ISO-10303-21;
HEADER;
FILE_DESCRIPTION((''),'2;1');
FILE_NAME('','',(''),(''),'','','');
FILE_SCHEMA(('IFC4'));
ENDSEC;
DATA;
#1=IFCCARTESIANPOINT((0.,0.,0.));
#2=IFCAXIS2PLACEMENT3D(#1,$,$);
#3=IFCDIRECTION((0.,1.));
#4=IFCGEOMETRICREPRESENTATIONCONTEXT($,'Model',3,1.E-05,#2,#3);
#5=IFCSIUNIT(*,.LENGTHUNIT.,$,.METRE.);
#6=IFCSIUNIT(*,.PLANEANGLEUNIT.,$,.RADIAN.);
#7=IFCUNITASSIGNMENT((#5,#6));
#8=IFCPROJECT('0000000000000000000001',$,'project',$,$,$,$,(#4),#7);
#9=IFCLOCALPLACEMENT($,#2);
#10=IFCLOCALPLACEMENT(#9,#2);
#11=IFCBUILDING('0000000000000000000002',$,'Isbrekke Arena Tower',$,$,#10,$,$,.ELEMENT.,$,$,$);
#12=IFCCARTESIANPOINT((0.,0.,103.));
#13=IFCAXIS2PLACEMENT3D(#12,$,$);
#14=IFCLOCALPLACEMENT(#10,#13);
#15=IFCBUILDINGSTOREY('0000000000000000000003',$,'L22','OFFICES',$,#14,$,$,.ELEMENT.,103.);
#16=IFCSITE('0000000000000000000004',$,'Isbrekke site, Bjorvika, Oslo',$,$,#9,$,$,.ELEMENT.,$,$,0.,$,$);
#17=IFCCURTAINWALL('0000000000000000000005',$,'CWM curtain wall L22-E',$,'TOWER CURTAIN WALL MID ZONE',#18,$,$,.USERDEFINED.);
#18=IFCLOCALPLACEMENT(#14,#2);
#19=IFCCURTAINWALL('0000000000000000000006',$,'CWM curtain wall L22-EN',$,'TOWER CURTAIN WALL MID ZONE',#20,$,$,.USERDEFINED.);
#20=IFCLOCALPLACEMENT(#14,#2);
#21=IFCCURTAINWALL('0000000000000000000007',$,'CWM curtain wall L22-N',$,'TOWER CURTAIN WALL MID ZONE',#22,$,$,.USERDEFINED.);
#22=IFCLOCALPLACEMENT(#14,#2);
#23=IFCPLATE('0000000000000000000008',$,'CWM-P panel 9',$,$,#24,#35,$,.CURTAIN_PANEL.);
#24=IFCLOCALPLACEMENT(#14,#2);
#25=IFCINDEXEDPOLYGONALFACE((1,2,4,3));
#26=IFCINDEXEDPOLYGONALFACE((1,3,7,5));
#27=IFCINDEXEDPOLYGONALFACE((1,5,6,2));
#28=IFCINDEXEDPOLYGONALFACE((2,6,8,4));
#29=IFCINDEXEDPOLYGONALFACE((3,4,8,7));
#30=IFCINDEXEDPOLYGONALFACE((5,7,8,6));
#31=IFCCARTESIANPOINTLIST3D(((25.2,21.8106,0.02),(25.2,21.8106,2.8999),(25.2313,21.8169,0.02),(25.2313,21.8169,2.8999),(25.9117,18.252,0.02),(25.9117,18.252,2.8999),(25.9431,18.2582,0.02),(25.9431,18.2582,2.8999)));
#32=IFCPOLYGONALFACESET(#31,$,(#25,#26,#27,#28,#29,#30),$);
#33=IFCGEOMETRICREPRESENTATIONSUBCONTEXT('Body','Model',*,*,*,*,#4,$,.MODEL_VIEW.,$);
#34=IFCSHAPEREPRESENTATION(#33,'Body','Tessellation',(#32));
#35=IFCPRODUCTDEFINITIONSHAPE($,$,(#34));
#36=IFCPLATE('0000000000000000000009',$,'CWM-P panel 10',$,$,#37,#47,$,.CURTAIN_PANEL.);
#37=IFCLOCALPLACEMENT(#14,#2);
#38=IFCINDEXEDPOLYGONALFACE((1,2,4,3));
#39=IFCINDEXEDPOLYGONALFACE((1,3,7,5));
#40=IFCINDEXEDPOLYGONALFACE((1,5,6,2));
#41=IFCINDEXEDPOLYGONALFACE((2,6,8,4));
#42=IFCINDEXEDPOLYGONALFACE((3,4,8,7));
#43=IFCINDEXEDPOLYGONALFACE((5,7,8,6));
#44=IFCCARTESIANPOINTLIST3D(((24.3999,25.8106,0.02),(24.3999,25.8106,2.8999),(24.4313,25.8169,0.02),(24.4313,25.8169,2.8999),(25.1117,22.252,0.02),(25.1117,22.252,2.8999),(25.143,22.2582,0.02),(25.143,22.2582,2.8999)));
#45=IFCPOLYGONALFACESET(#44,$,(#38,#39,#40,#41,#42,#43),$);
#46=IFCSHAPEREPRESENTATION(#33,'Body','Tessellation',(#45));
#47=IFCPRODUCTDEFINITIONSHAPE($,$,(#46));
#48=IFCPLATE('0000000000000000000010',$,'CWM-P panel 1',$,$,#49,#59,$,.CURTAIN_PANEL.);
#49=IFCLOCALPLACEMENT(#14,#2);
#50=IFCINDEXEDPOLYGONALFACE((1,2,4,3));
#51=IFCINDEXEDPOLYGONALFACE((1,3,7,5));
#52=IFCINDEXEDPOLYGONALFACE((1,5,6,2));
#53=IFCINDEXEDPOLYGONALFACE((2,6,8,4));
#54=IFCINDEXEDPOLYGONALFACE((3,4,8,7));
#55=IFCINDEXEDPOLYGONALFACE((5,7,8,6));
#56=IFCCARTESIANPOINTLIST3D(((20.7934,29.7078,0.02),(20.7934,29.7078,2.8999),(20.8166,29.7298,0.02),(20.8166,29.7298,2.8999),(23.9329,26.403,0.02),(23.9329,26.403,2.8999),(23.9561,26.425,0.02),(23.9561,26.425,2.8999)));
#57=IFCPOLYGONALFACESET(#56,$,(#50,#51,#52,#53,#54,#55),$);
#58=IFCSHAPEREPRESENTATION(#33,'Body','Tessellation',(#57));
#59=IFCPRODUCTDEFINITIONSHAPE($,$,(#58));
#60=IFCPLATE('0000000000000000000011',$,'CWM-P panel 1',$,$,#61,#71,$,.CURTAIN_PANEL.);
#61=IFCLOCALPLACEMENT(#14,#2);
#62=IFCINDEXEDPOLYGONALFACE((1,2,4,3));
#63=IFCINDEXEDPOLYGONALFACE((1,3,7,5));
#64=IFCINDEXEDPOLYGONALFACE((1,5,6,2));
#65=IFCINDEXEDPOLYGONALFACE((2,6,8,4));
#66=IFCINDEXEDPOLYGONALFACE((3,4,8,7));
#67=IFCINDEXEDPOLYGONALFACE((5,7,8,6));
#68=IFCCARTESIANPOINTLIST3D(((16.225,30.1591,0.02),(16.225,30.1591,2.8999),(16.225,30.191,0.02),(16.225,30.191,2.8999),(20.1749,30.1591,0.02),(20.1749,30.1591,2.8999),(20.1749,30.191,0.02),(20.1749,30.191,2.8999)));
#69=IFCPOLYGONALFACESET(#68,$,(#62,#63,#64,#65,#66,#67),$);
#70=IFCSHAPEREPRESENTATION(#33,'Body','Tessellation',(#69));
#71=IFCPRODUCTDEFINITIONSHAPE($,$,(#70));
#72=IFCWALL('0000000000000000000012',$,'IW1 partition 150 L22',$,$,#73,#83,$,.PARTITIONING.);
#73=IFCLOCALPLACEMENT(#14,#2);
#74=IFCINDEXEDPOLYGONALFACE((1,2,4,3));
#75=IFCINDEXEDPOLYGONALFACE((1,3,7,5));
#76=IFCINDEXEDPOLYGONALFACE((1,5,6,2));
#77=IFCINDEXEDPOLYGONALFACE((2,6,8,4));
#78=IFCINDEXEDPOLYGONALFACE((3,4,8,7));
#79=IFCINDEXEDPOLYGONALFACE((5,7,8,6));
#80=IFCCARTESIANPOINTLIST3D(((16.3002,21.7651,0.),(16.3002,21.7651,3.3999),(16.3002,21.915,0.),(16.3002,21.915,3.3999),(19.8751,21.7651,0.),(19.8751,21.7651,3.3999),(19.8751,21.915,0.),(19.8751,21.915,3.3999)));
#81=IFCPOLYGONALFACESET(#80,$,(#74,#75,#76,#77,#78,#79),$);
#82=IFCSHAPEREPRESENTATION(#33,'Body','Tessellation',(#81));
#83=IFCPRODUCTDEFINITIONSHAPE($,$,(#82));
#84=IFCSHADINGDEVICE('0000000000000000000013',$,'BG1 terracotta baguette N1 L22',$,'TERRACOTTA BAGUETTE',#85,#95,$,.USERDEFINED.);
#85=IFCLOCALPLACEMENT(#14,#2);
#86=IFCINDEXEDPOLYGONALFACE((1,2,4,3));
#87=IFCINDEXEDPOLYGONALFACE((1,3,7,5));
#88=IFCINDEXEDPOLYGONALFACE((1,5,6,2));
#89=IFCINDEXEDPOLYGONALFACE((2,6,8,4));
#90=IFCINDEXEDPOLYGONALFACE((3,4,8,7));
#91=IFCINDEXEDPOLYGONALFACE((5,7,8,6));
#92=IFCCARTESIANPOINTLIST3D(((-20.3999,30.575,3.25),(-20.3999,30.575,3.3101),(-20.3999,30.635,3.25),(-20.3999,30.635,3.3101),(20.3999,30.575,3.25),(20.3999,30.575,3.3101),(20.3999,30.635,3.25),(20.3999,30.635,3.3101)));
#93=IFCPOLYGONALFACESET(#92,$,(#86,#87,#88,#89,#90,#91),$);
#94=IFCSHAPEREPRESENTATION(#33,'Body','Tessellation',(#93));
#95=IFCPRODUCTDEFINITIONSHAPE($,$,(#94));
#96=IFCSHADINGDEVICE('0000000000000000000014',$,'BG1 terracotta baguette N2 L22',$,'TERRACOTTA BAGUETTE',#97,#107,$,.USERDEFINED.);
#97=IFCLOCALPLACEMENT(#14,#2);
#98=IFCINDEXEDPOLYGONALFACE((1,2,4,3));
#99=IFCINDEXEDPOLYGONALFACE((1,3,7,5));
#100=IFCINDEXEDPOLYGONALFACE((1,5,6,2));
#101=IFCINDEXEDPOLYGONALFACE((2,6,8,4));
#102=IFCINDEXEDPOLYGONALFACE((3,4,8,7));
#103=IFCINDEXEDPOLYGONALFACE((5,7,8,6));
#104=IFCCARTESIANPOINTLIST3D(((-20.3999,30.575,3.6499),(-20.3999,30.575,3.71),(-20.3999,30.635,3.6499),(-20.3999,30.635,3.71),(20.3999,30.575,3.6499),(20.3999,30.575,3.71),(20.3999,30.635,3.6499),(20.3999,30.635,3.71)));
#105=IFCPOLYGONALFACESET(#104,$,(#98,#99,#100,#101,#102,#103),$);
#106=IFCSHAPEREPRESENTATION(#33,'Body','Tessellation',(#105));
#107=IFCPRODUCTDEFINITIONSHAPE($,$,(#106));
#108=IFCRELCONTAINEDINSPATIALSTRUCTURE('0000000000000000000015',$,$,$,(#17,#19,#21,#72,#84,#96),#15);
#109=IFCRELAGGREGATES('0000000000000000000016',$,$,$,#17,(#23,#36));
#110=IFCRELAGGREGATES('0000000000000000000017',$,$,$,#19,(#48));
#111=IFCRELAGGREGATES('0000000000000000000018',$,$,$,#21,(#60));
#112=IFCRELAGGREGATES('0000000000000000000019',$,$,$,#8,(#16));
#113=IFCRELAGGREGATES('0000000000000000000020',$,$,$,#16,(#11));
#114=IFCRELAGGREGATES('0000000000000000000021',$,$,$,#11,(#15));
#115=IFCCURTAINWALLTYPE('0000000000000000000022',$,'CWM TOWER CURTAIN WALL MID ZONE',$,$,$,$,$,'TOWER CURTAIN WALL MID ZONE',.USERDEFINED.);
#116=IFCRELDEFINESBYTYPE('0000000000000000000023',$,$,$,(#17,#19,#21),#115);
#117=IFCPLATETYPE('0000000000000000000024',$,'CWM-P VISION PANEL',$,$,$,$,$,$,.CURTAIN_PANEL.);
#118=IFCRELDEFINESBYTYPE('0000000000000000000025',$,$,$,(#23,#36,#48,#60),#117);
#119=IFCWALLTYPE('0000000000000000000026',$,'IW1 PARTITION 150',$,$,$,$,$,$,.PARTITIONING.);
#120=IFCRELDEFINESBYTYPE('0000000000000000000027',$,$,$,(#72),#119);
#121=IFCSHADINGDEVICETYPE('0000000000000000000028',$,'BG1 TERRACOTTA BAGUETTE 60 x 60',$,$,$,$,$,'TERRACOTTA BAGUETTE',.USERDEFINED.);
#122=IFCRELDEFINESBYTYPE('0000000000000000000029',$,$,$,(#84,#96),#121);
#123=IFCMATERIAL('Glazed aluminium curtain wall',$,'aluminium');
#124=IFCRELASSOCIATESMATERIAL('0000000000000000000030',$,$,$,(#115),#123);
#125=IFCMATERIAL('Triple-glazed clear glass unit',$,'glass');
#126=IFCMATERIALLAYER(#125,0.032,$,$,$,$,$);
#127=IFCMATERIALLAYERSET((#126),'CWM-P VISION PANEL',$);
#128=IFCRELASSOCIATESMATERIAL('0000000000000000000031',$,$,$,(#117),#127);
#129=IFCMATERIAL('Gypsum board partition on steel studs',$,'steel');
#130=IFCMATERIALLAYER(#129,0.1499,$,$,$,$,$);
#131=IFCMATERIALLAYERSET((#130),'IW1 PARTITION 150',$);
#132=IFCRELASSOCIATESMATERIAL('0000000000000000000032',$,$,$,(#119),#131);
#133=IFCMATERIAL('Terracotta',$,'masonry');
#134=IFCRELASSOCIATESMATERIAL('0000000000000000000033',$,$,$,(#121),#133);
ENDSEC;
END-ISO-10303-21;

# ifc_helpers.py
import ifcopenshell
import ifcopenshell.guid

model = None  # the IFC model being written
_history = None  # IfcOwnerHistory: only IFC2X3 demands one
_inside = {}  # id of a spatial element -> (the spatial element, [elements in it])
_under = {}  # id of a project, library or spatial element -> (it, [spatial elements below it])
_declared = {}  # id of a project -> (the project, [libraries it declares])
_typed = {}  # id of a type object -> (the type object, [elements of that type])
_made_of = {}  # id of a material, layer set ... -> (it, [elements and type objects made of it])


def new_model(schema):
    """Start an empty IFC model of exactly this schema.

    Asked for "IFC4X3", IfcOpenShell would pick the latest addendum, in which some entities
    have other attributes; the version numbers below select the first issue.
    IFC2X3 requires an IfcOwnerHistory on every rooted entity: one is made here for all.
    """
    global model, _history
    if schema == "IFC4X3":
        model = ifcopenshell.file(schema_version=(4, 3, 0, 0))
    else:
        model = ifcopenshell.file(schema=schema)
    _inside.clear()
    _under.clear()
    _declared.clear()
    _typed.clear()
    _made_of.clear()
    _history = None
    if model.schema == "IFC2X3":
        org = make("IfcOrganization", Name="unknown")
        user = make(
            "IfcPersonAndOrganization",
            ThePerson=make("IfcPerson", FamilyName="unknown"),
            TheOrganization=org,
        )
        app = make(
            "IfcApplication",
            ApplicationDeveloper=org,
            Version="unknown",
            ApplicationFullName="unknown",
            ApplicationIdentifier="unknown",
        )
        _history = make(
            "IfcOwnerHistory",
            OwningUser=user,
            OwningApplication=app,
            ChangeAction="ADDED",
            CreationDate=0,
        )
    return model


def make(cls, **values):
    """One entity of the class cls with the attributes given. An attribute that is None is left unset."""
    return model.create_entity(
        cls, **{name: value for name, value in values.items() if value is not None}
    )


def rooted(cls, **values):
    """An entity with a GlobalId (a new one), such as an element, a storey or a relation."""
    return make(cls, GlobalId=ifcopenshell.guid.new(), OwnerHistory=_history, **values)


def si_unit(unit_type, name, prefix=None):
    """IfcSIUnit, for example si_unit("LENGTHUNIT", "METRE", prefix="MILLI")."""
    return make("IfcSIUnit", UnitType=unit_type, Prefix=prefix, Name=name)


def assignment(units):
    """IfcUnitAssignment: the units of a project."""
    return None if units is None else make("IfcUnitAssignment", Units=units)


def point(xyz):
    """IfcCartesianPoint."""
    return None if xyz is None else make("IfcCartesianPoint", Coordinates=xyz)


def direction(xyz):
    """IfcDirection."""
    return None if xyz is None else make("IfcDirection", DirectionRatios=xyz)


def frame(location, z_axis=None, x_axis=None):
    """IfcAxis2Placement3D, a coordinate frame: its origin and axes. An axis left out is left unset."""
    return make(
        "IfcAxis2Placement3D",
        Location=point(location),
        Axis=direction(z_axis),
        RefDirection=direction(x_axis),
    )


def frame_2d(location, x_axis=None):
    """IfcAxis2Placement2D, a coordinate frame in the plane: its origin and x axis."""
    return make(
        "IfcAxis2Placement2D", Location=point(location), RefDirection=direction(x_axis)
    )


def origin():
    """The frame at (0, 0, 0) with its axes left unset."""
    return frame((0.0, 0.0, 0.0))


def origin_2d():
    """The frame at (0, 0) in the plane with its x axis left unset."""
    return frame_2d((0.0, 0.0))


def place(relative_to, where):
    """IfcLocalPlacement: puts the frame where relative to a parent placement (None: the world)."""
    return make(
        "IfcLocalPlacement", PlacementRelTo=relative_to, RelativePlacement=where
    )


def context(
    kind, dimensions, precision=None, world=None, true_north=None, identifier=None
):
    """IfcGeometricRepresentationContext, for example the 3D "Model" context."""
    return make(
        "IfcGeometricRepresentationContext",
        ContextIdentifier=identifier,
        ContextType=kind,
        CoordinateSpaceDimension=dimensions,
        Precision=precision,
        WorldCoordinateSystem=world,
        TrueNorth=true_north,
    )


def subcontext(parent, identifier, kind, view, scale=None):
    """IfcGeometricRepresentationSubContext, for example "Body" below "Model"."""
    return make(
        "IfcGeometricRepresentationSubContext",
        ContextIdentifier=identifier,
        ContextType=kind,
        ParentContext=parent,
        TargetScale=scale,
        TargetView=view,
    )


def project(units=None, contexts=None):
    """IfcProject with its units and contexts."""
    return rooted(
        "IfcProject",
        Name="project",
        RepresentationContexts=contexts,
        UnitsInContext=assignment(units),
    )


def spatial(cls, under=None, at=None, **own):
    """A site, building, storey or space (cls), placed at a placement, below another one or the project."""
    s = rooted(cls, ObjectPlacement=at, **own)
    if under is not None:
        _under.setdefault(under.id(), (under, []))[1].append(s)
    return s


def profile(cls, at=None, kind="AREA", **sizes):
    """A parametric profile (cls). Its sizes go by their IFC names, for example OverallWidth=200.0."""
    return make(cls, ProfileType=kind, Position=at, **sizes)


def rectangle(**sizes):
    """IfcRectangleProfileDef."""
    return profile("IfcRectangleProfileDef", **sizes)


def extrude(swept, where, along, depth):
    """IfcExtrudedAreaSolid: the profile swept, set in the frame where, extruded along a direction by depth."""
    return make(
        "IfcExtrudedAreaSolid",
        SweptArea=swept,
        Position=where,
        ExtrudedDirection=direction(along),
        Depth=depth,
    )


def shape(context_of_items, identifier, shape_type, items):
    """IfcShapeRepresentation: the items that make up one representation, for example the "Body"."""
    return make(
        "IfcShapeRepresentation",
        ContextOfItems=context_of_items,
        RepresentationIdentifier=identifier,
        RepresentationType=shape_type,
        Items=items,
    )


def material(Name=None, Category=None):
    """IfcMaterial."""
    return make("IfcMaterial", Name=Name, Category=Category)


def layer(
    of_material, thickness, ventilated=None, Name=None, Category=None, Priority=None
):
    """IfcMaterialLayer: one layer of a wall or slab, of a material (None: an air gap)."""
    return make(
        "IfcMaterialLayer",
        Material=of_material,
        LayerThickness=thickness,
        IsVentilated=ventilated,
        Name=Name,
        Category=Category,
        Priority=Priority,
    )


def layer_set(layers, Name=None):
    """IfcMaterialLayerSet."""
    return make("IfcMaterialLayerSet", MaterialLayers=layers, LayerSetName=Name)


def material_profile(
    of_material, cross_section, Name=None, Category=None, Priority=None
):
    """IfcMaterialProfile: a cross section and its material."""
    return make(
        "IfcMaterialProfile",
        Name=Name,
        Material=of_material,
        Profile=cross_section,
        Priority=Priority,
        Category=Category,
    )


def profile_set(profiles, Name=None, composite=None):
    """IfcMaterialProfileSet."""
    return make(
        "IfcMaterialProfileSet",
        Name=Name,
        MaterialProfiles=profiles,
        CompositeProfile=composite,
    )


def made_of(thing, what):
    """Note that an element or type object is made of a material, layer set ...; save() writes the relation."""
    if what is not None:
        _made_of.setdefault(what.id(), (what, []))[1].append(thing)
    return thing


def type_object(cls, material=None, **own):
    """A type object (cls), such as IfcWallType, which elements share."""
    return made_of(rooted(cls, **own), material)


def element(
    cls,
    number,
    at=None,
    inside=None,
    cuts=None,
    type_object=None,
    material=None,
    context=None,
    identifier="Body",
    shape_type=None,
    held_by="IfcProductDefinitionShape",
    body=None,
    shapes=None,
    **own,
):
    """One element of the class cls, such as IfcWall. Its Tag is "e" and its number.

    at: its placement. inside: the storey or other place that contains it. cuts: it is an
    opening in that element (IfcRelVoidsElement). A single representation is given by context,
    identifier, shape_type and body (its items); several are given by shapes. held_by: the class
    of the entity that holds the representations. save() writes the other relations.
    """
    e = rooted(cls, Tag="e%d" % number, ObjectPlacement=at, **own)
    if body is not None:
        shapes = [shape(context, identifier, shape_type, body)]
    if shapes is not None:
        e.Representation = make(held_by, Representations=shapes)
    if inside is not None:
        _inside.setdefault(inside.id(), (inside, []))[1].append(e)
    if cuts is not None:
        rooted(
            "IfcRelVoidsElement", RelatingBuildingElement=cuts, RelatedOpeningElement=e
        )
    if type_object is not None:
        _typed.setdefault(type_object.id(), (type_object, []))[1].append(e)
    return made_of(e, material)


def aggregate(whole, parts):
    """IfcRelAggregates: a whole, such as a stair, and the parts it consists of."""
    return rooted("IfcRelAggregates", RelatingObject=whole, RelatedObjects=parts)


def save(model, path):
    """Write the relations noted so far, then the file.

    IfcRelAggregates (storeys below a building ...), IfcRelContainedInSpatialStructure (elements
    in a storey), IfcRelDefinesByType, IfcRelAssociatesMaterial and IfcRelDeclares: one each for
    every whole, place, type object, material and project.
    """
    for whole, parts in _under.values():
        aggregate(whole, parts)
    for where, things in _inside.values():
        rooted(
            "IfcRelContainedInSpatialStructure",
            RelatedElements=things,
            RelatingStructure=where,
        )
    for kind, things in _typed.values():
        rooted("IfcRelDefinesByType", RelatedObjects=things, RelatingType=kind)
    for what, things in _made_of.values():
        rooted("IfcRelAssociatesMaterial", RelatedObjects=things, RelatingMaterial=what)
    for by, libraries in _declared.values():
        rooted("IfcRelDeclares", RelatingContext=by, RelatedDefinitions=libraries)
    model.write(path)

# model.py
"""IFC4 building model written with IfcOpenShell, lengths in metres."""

from ifc_helpers import new_model, si_unit, direction, frame, frame_2d, origin, origin_2d, place, context, subcontext, project, spatial, rectangle, extrude, material, layer, layer_set, material_profile, profile_set, type_object, element, aggregate, save


model = new_model("IFC4")

# Units and contexts
model_context = context("Model", 3, precision=1e-05, world=origin(), true_north=direction((0.0, 1.0)))
body_context = subcontext(model_context, "Body", "Model", "MODEL_VIEW")
ifc_project = project(units=[si_unit("LENGTHUNIT", "METRE"), si_unit("PLANEANGLEUNIT", "RADIAN")], contexts=[model_context])

# Site, building, storey
site_placement = place(None, origin())
site = spatial("IfcSite", under=ifc_project, at=site_placement, Name="Isbrekke site, Bjorvika, Oslo", CompositionType="ELEMENT", RefElevation=0.0)
building_placement = place(site_placement, origin())
building = spatial("IfcBuilding", under=site, at=building_placement, Name="Isbrekke Arena Tower", CompositionType="ELEMENT")
storey_placement = place(building_placement, frame((0.0, 0.0, 103.0)))
storey = spatial("IfcBuildingStorey", under=building, at=storey_placement, Name="L22", Description="OFFICES", CompositionType="ELEMENT", Elevation=103.0)

# Curtain walls
ifc_material_1 = material(Name="Glazed aluminium curtain wall", Category="aluminium")
curtain_wall_type = type_object("IfcCurtainWallType", Name="CWM TOWER CURTAIN WALL MID ZONE", ElementType="TOWER CURTAIN WALL MID ZONE", PredefinedType="USERDEFINED", material=ifc_material_1)
curtain_wall_1_placement = place(storey_placement, origin())
curtain_wall_1 = element("IfcCurtainWall", 1, at=curtain_wall_1_placement, inside=storey, type_object=curtain_wall_type, Name="CWM curtain wall L22-E", ObjectType="TOWER CURTAIN WALL MID ZONE", PredefinedType="USERDEFINED")
curtain_wall_2_placement = place(storey_placement, origin())
curtain_wall_2 = element("IfcCurtainWall", 2, at=curtain_wall_2_placement, inside=storey, type_object=curtain_wall_type, Name="CWM curtain wall L22-EN", ObjectType="TOWER CURTAIN WALL MID ZONE", PredefinedType="USERDEFINED")
curtain_wall_3_placement = place(storey_placement, origin())
curtain_wall_3 = element("IfcCurtainWall", 3, at=curtain_wall_3_placement, inside=storey, type_object=curtain_wall_type, Name="CWM curtain wall L22-N", ObjectType="TOWER CURTAIN WALL MID ZONE", PredefinedType="USERDEFINED")

# Plates
ifc_material_2 = material(Name="Triple-glazed clear glass unit", Category="glass")
ifc_layer_1 = layer(ifc_material_2, 0.032)
ifc_layer_set_1 = layer_set([ifc_layer_1], Name="CWM-P VISION PANEL")
plate_type = type_object("IfcPlateType", Name="CWM-P VISION PANEL", PredefinedType="CURTAIN_PANEL", material=ifc_layer_set_1)
plate_1_placement = place(storey_placement, frame((25.5715, 20.0344, 0.02), z_axis=(0.0, 0.0, 1.0), x_axis=(-0.196116, 0.980581, 0.0)))
plate_1 = element("IfcPlate", 4, at=plate_1_placement, type_object=plate_type, Name="CWM-P panel 9", PredefinedType="CURTAIN_PANEL", context=body_context, shape_type="SweptSolid", body=[
    extrude(rectangle(XDim=3.6292, YDim=0.032, at=origin_2d()), origin(), (0.0, 0.0, 1.0), 2.8799),
])
plate_2_placement = place(storey_placement, frame((24.7715, 24.0344, 0.02), z_axis=(0.0, 0.0, 1.0), x_axis=(-0.196116, 0.980581, 0.0)))
plate_2 = element("IfcPlate", 5, at=plate_2_placement, type_object=plate_type, Name="CWM-P panel 10", PredefinedType="CURTAIN_PANEL", context=body_context, shape_type="SweptSolid", body=[
    extrude(rectangle(XDim=3.6292, YDim=0.032, at=origin_2d()), origin(), (0.0, 0.0, 1.0), 2.8799),
])
aggregate(curtain_wall_1, [plate_1, plate_2])
plate_3_placement = place(storey_placement, frame((22.3748, 28.0664, 0.02), z_axis=(0.0, 0.0, 1.0), x_axis=(-0.688749, 0.724999, 0.0)))
plate_3 = element("IfcPlate", 6, at=plate_3_placement, type_object=plate_type, Name="CWM-P panel 1", PredefinedType="CURTAIN_PANEL", context=body_context, shape_type="SweptSolid", body=[
    extrude(rectangle(XDim=4.5583, YDim=0.032, at=origin_2d()), origin(), (0.0, 0.0, 1.0), 2.8799),
])
aggregate(curtain_wall_2, [plate_3])
plate_4_placement = place(storey_placement, frame((18.2, 30.175, 0.02), z_axis=(0.0, 0.0, 1.0), x_axis=(-1.0, 0.0, 0.0)))
plate_4 = element("IfcPlate", 7, at=plate_4_placement, type_object=plate_type, Name="CWM-P panel 1", PredefinedType="CURTAIN_PANEL", context=body_context, shape_type="SweptSolid", body=[
    extrude(rectangle(XDim=3.95, YDim=0.032, at=origin_2d()), origin(), (0.0, 0.0, 1.0), 2.8799),
])
aggregate(curtain_wall_3, [plate_4])

# Wall
ifc_material_3 = material(Name="Gypsum board partition on steel studs", Category="steel")
ifc_layer_2 = layer(ifc_material_3, 0.1499)
ifc_layer_set_2 = layer_set([ifc_layer_2], Name="IW1 PARTITION 150")
wall_type = type_object("IfcWallType", Name="IW1 PARTITION 150", PredefinedType="PARTITIONING", material=ifc_layer_set_2)
wall_placement = place(storey_placement, frame((16.3, 21.8401, 0.0), z_axis=(0.0, 0.0, 1.0), x_axis=(1.0, 0.0, 0.0)))
element("IfcWall", 8, at=wall_placement, inside=storey, type_object=wall_type, Name="IW1 partition 150 L22", PredefinedType="PARTITIONING", context=body_context, shape_type="SweptSolid", body=[
    extrude(rectangle(XDim=3.575, YDim=0.1499, at=frame_2d((1.7876, 0.0))), origin(), (0.0, 0.0, 1.0), 3.3999),
])

# Shading devices
ifc_material_4 = material(Name="Terracotta", Category="masonry")
ifc_material_profile_1 = material_profile(ifc_material_4, rectangle(XDim=0.0601, YDim=0.0601, at=origin_2d()), Name="BAGUETTE 60X60")
ifc_profile_set_1 = profile_set([ifc_material_profile_1], Name="Terracotta")
shading_device_type = type_object("IfcShadingDeviceType", Name="BG1 TERRACOTTA BAGUETTE 60 x 60", ElementType="TERRACOTTA BAGUETTE", PredefinedType="USERDEFINED", material=ifc_profile_set_1)
for number, where, z_axis, x_axis, name in (
    (9, (20.3999, 30.605, 3.28), (-1.0, 0.0, 0.0), (0.0, -1.0, 0.0), "BG1 terracotta baguette N1 L22"),
    (10, (20.3999, 30.605, 3.6799), (-1.0, 0.0, 0.0), (0.0, -1.0, 0.0), "BG1 terracotta baguette N2 L22"),
):
    element("IfcShadingDevice", number, at=place(storey_placement, frame(where, z_axis=z_axis, x_axis=x_axis)), inside=storey, type_object=shading_device_type, Name=name, ObjectType="TERRACOTTA BAGUETTE", PredefinedType="USERDEFINED", context=body_context, shape_type="SweptSolid", body=[
        extrude(rectangle(XDim=0.0601, YDim=0.0601, at=origin_2d()), origin(), (0.0, 0.0, 1.0), 40.7998),
    ])

save(model, "model.ifc")
